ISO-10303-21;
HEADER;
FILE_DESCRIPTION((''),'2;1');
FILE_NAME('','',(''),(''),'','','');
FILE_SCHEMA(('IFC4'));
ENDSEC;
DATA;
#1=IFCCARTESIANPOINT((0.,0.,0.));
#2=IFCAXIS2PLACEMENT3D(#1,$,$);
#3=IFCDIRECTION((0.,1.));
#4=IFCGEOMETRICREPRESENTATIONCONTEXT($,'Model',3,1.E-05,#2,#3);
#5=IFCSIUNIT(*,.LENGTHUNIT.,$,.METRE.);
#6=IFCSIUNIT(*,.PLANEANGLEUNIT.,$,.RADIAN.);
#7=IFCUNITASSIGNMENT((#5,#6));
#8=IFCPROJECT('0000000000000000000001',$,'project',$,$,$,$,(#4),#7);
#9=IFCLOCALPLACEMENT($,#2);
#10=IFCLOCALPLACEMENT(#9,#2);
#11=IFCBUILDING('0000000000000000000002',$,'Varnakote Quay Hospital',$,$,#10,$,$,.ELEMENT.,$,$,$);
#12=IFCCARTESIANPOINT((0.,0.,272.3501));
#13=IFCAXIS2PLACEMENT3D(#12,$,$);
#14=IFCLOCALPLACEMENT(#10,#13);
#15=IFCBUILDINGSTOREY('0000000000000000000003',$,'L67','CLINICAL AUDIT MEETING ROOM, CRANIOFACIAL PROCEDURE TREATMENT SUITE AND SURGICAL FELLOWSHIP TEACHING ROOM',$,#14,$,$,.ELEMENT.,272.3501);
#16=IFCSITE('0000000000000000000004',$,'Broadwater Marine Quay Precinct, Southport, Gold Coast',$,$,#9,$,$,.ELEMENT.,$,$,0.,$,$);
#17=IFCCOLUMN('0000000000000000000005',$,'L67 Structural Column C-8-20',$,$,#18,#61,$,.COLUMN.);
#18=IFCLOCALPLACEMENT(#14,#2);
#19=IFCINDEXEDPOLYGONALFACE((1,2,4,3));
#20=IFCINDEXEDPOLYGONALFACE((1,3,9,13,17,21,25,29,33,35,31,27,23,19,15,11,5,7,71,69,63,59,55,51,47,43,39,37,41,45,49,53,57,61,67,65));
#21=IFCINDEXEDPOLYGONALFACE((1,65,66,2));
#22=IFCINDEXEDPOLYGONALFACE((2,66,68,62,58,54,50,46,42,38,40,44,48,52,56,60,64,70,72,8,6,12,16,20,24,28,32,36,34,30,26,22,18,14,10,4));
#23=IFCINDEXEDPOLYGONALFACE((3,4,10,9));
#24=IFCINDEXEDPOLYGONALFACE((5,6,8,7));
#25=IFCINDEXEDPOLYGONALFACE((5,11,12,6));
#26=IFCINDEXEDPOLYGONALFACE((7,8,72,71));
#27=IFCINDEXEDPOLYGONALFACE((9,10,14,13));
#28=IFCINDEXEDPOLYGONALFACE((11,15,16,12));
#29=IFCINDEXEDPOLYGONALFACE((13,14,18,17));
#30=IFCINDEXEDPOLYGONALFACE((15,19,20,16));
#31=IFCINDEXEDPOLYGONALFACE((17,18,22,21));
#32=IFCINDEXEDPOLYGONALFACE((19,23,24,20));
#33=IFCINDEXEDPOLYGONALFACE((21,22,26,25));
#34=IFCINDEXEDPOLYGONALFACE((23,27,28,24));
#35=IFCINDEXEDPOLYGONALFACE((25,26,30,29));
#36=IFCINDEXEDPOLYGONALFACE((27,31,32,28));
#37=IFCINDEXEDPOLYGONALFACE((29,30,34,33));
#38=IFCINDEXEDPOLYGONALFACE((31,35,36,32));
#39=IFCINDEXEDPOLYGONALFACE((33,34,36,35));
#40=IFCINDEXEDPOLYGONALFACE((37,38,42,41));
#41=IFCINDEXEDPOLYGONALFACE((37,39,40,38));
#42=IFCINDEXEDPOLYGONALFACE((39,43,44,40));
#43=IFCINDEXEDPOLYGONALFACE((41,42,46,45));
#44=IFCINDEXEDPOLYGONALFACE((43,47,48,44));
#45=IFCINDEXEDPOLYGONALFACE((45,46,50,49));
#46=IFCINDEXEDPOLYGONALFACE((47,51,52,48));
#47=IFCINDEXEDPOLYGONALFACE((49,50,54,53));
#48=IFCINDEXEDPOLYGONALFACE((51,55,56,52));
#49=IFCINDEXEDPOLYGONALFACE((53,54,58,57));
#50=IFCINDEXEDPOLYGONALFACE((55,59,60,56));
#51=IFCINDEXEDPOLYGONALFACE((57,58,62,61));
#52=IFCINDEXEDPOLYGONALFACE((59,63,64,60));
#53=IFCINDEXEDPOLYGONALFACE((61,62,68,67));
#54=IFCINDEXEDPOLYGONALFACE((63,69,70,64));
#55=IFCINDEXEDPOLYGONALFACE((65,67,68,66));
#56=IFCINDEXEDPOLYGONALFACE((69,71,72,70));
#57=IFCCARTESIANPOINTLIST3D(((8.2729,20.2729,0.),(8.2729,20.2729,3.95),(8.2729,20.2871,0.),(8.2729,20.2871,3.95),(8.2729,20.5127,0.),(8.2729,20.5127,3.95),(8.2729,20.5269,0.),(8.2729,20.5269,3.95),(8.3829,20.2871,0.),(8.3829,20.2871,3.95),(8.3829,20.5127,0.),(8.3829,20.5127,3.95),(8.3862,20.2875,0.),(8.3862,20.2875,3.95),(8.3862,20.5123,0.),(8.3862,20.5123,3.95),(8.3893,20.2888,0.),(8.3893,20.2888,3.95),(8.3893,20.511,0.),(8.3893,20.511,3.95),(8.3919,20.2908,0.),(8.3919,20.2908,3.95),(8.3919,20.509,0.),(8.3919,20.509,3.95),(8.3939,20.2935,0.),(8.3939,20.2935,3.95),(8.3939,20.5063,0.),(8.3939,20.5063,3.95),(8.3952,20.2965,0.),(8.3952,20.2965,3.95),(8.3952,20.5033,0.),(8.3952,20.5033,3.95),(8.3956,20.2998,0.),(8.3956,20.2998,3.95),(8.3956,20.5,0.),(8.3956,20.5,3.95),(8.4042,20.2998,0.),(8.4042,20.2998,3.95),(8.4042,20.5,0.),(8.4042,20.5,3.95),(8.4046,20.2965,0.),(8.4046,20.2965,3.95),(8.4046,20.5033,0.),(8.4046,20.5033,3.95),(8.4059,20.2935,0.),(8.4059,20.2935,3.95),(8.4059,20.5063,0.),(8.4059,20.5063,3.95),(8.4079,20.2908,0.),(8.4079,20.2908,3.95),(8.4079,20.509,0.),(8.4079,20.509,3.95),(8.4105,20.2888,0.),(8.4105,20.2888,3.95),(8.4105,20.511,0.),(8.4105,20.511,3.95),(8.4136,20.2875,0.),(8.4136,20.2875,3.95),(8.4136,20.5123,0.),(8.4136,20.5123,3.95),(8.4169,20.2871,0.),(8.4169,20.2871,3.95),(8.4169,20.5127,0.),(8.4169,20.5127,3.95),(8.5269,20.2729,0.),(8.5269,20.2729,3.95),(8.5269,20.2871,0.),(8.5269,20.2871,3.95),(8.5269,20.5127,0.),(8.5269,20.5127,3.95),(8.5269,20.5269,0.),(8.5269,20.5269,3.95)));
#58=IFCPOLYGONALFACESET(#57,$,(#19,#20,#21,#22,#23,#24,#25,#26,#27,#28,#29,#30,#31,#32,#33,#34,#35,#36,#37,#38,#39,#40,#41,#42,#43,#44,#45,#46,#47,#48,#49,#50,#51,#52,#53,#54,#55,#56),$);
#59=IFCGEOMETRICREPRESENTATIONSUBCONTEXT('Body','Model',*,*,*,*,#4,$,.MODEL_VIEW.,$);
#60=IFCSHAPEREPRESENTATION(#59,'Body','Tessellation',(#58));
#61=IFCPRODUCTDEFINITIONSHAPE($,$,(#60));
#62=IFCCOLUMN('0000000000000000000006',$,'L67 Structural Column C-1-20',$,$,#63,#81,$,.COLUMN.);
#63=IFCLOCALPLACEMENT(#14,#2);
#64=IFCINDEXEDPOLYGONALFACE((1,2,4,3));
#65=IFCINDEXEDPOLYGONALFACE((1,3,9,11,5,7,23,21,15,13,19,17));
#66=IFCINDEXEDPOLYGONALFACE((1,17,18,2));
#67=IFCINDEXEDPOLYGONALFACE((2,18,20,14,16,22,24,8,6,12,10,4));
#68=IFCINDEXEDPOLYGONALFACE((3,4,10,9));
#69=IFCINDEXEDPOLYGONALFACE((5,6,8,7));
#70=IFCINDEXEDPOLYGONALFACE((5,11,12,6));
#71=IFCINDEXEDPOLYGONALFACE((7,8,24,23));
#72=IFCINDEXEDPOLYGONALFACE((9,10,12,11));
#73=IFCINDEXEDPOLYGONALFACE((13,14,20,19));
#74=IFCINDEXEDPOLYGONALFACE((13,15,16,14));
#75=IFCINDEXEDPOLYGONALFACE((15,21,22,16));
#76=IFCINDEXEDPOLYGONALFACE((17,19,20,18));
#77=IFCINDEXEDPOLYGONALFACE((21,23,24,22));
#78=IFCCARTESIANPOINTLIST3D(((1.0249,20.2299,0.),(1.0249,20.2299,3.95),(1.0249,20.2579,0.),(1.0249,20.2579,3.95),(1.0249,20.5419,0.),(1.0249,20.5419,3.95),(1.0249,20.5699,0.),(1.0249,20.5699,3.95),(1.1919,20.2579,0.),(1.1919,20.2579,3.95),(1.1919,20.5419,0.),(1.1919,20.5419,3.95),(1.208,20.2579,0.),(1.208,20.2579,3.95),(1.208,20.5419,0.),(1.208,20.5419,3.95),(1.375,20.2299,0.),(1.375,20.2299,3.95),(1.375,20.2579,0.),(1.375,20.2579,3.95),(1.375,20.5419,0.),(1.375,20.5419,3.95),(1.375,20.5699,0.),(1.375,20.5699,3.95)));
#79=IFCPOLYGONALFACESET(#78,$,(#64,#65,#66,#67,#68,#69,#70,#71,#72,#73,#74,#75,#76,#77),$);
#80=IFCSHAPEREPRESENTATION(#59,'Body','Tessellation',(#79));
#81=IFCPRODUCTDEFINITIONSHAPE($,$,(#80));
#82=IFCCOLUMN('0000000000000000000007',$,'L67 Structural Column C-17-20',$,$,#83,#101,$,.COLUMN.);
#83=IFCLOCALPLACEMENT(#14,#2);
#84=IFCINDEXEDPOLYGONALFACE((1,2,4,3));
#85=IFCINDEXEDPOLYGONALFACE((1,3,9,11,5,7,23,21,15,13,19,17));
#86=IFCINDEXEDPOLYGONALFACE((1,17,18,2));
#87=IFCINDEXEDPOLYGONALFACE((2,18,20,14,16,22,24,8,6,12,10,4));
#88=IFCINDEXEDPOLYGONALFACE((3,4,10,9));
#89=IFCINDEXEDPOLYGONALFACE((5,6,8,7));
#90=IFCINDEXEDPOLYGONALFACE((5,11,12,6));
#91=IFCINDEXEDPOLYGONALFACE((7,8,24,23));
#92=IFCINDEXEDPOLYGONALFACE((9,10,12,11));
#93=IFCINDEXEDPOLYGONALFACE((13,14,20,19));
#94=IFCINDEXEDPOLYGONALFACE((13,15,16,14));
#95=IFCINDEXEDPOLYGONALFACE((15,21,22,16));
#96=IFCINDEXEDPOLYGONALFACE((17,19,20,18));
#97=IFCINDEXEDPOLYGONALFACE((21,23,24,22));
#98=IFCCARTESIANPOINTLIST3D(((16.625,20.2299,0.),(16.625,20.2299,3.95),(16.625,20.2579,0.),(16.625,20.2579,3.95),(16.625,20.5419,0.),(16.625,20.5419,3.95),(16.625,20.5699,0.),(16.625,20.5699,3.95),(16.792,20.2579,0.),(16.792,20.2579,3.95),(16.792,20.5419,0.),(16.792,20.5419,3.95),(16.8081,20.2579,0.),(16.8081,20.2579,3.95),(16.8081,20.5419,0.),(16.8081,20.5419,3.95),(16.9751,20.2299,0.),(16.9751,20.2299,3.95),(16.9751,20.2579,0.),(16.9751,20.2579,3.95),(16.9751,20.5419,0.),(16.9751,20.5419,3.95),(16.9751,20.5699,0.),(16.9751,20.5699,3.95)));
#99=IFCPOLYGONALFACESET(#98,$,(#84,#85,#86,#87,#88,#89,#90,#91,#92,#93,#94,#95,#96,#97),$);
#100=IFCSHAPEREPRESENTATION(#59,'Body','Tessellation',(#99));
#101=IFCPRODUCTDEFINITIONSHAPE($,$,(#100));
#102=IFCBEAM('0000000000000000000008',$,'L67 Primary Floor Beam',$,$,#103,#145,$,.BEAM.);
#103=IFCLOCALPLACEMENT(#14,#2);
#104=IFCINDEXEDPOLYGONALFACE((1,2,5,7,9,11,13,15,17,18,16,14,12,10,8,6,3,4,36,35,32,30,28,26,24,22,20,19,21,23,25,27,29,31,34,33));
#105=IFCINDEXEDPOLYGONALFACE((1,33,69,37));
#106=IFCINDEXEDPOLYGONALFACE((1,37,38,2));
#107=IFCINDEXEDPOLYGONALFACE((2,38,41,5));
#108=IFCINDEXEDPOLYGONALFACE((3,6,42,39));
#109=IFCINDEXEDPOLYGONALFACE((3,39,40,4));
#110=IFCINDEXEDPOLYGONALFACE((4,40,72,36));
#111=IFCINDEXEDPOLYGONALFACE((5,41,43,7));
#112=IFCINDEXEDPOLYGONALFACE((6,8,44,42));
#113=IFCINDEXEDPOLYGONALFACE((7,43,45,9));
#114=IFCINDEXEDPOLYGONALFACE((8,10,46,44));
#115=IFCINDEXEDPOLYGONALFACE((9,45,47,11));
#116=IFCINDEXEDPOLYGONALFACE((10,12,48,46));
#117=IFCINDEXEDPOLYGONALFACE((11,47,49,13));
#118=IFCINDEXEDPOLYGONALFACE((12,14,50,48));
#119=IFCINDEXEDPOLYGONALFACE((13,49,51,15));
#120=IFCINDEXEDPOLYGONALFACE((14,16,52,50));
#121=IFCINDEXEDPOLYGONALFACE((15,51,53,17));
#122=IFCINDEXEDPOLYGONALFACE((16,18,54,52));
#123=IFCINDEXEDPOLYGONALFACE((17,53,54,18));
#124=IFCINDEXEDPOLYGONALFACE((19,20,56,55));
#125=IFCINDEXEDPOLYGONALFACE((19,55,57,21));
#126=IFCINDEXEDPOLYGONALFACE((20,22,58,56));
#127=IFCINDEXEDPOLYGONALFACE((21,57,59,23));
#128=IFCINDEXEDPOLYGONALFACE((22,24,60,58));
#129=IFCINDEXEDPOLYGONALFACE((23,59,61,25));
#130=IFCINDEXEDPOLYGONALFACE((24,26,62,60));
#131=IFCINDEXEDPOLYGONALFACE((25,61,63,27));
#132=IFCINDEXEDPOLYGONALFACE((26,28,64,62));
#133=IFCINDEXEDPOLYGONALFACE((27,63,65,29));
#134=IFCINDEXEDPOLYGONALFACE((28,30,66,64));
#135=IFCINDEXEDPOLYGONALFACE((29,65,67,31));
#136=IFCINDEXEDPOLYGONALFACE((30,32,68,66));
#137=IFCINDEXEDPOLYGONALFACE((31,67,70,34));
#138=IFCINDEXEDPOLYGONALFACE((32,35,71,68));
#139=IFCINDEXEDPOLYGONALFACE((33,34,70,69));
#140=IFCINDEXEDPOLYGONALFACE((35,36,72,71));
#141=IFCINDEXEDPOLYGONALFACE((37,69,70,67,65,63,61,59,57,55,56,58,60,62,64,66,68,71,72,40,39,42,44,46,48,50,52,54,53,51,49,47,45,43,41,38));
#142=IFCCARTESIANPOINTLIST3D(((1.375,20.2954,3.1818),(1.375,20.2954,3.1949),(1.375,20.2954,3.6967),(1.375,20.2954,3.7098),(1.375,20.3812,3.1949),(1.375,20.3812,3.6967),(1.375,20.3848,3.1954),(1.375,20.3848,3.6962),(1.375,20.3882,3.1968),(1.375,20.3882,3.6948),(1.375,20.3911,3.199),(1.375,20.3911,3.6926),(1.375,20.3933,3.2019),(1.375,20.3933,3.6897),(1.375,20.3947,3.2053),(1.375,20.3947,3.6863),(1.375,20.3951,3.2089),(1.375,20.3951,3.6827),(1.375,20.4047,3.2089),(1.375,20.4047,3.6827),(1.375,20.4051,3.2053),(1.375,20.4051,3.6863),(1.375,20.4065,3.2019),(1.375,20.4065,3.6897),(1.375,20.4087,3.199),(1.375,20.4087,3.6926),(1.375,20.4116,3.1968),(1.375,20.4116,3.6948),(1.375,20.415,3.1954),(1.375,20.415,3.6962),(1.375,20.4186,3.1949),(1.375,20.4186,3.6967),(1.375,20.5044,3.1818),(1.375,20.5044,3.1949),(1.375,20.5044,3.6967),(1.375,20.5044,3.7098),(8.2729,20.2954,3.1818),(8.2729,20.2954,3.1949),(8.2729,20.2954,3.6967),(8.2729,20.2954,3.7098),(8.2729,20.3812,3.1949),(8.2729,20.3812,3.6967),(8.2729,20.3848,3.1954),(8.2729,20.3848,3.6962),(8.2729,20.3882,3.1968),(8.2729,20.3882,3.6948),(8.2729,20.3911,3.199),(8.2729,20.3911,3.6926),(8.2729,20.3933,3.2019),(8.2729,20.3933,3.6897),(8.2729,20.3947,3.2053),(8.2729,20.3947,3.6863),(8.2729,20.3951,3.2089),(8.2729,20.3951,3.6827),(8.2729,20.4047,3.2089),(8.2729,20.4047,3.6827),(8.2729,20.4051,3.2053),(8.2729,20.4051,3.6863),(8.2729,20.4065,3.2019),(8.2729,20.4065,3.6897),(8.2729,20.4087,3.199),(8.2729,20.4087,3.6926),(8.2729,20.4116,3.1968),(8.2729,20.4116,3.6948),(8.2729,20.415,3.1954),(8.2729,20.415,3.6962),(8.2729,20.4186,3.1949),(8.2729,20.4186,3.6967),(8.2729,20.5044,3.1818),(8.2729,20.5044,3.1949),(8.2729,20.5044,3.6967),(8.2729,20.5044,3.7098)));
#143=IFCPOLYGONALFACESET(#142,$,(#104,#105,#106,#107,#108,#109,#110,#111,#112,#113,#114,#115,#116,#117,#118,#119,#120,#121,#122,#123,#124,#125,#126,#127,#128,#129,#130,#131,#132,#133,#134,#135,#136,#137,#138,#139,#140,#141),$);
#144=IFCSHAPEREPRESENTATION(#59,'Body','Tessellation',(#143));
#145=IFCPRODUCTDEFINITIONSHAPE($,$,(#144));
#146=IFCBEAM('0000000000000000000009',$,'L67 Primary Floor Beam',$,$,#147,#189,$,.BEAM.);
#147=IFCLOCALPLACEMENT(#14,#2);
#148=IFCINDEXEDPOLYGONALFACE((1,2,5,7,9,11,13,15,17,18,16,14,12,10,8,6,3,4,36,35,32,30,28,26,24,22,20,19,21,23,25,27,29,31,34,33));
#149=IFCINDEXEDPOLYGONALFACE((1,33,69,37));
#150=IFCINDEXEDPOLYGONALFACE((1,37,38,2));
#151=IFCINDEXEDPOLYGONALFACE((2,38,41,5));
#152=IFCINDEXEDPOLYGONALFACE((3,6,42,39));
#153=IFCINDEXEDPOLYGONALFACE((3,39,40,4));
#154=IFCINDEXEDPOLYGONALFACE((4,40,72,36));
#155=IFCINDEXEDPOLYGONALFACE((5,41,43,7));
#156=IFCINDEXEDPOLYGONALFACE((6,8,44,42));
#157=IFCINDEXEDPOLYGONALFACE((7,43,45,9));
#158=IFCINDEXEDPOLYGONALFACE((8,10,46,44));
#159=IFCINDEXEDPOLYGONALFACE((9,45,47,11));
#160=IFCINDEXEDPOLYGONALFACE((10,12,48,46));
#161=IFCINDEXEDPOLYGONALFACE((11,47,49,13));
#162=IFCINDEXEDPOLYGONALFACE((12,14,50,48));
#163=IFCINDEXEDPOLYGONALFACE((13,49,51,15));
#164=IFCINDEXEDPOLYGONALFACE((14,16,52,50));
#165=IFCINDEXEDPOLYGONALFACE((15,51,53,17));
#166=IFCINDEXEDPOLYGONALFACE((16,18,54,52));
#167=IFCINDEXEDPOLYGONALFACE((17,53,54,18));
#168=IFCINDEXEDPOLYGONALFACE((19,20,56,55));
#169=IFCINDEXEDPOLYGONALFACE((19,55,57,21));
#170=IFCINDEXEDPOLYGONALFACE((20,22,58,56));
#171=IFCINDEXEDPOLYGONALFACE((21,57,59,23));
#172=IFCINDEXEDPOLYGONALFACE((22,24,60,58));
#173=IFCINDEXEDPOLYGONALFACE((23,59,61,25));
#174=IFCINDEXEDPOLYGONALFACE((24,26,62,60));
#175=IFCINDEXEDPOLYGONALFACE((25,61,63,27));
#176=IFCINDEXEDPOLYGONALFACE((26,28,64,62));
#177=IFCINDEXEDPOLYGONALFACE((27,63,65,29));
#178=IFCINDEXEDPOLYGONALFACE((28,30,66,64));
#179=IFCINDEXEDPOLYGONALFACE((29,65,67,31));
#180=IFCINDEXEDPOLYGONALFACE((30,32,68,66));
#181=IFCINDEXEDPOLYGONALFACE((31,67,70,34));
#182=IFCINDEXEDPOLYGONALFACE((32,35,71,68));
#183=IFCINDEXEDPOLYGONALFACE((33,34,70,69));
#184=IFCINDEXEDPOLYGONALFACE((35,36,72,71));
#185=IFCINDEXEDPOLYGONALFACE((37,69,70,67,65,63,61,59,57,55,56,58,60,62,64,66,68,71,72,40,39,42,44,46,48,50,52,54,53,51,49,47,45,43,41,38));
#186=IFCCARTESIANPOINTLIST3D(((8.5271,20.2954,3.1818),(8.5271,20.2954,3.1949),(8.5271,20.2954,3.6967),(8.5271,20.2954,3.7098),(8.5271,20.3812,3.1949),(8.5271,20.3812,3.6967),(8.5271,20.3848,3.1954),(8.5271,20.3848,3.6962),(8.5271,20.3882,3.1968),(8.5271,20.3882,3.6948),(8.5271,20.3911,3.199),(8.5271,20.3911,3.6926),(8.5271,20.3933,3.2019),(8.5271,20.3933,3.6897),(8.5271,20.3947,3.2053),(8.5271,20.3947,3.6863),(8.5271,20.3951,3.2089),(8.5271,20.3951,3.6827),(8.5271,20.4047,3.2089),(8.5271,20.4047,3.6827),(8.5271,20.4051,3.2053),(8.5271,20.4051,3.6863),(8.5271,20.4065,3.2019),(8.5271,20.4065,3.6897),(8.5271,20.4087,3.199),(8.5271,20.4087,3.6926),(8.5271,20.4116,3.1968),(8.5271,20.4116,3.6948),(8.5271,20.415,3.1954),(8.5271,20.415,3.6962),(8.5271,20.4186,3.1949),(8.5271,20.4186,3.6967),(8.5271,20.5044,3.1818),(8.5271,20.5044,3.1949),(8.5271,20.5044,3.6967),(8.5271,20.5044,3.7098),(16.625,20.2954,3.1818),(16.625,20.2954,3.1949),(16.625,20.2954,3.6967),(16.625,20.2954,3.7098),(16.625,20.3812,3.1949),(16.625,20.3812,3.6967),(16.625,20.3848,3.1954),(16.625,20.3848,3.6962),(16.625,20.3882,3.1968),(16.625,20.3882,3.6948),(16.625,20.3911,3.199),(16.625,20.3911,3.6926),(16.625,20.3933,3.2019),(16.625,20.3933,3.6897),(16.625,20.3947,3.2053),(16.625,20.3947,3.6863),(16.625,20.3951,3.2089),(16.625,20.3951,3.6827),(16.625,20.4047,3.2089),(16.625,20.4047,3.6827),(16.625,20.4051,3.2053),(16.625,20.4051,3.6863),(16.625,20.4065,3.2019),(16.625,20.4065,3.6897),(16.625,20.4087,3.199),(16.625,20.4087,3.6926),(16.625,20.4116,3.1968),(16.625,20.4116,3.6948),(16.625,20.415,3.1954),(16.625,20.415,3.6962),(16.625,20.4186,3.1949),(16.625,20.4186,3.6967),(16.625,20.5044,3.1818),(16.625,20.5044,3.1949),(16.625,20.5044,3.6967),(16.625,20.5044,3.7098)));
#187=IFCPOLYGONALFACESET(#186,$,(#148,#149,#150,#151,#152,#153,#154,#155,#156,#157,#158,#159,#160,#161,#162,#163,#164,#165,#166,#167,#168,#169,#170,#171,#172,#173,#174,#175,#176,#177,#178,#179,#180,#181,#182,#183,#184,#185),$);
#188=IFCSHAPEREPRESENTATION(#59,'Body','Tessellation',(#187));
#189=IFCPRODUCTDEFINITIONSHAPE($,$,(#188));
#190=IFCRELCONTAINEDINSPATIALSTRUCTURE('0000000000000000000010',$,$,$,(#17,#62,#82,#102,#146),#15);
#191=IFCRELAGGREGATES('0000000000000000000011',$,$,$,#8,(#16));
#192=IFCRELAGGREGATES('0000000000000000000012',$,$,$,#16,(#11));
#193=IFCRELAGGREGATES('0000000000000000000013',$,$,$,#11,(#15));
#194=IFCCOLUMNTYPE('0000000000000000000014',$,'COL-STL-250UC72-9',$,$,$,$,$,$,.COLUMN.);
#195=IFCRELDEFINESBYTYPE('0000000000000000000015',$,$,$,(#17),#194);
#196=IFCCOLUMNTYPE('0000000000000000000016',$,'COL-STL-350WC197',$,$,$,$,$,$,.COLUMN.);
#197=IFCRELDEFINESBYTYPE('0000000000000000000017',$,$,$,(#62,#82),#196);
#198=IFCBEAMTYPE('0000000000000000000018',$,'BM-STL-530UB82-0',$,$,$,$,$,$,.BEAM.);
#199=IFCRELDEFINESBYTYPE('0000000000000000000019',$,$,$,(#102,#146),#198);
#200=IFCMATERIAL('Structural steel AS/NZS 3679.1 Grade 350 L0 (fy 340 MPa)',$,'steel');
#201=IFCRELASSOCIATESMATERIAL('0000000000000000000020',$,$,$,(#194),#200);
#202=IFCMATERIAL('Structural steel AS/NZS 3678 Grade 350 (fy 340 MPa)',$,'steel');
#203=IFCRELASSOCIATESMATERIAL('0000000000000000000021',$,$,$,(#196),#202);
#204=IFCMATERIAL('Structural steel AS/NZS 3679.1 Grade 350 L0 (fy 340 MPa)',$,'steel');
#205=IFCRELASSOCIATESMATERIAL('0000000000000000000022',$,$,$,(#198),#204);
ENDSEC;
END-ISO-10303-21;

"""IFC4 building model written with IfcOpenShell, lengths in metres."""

from ifc_helpers import new_model, si_unit, direction, frame, origin, origin_2d, place, context, subcontext, project, spatial, i_section, extrude, material, material_profile, profile_set, type_object, element, save


model = new_model("IFC4")

# Units and contexts
model_context = context("Model", 3, precision=1e-05, world=origin(), true_north=direction((0.0, 1.0)))
body_context = subcontext(model_context, "Body", "Model", "MODEL_VIEW")
ifc_project = project(units=[si_unit("LENGTHUNIT", "METRE"), si_unit("PLANEANGLEUNIT", "RADIAN")], contexts=[model_context])

# Site, building, storey
site_placement = place(None, origin())
site = spatial("IfcSite", under=ifc_project, at=site_placement, Name="Broadwater Marine Quay Precinct, Southport, Gold Coast", CompositionType="ELEMENT", RefElevation=0.0)
building_placement = place(site_placement, origin())
building = spatial("IfcBuilding", under=site, at=building_placement, Name="Varnakote Quay Hospital", CompositionType="ELEMENT")
storey_placement = place(building_placement, frame((0.0, 0.0, 272.3501)))
storey = spatial("IfcBuildingStorey", under=building, at=storey_placement, Name="L67", Description="CLINICAL AUDIT MEETING ROOM, CRANIOFACIAL PROCEDURE TREATMENT SUITE AND SURGICAL FELLOWSHIP TEACHING ROOM", CompositionType="ELEMENT", Elevation=272.3501)

# Columns
ifc_material_1 = material(Name="Structural steel AS/NZS 3679.1 Grade 350 L0 (fy 340 MPa)", Category="steel")
ifc_material_profile_1 = material_profile(ifc_material_1, i_section(OverallWidth=0.2539, OverallDepth=0.2539, WebThickness=0.0085, FlangeThickness=0.0142, FilletRadius=0.0127, at=origin_2d()), Name="250UC72.9")
ifc_profile_set_1 = profile_set([ifc_material_profile_1], Name="Structural steel AS/NZS 3679.1 Grade 350 L0 (fy 340 MPa)")
column_type_1 = type_object("IfcColumnType", Name="COL-STL-250UC72-9", PredefinedType="COLUMN", material=ifc_profile_set_1)
column_placement = place(storey_placement, frame((8.3999, 20.3999, 0.0), z_axis=(0.0, 0.0, 1.0), x_axis=(1.0, 0.0, 0.0)))
element("IfcColumn", 1, at=column_placement, inside=storey, type_object=column_type_1, Name="L67 Structural Column C-8-20", PredefinedType="COLUMN", context=body_context, shape_type="SweptSolid", body=[
    extrude(i_section(OverallWidth=0.2539, OverallDepth=0.2539, WebThickness=0.0085, FlangeThickness=0.0142, FilletRadius=0.0127, at=origin_2d()), origin(), (0.0, 0.0, 1.0), 3.95),
])
ifc_material_2 = material(Name="Structural steel AS/NZS 3678 Grade 350 (fy 340 MPa)", Category="steel")
ifc_material_profile_2 = material_profile(ifc_material_2, i_section(OverallWidth=0.3501, OverallDepth=0.3401, WebThickness=0.0161, FlangeThickness=0.0281, at=origin_2d()), Name="350WC197")
ifc_profile_set_2 = profile_set([ifc_material_profile_2], Name="Structural steel AS/NZS 3678 Grade 350 (fy 340 MPa)")
column_type_2 = type_object("IfcColumnType", Name="COL-STL-350WC197", PredefinedType="COLUMN", material=ifc_profile_set_2)
for number, where, z_axis, x_axis, name in (
    (2, (1.2, 20.3999, 0.0), (0.0, 0.0, 1.0), (1.0, 0.0, 0.0), "L67 Structural Column C-1-20"),
    (3, (16.8, 20.3999, 0.0), (0.0, 0.0, 1.0), (1.0, 0.0, 0.0), "L67 Structural Column C-17-20"),
):
    element("IfcColumn", number, at=place(storey_placement, frame(where, z_axis=z_axis, x_axis=x_axis)), inside=storey, type_object=column_type_2, Name=name, PredefinedType="COLUMN", context=body_context, shape_type="SweptSolid", body=[
        extrude(i_section(OverallWidth=0.3501, OverallDepth=0.3401, WebThickness=0.0161, FlangeThickness=0.0281, at=origin_2d()), origin(), (0.0, 0.0, 1.0), 3.95),
    ])

# Beams
ifc_material_3 = material(Name="Structural steel AS/NZS 3679.1 Grade 350 L0 (fy 340 MPa)", Category="steel")
ifc_material_profile_3 = material_profile(ifc_material_3, i_section(OverallWidth=0.209, OverallDepth=0.5281, WebThickness=0.0095, FlangeThickness=0.0132, FilletRadius=0.0139, at=origin_2d()), Name="530UB82.0")
ifc_profile_set_3 = profile_set([ifc_material_profile_3], Name="Structural steel AS/NZS 3679.1 Grade 350 L0 (fy 340 MPa)")
beam_type_1 = type_object("IfcBeamType", Name="BM-STL-530UB82-0", PredefinedType="BEAM", material=ifc_profile_set_3)
beam_1_placement = place(storey_placement, frame((1.375, 20.3999, 3.4458), z_axis=(1.0, 0.0, 0.0), x_axis=(0.0, 1.0, 0.0)))
element("IfcBeam", 4, at=beam_1_placement, inside=storey, type_object=beam_type_1, Name="L67 Primary Floor Beam", PredefinedType="BEAM", context=body_context, shape_type="SweptSolid", body=[
    extrude(i_section(OverallWidth=0.209, OverallDepth=0.5281, WebThickness=0.0095, FlangeThickness=0.0132, FilletRadius=0.0139, at=origin_2d()), origin(), (0.0, 0.0, 1.0), 6.8979),
])
for number, where, z_axis, x_axis, name in (
    (5, (8.5271, 20.3999, 3.4458), (1.0, 0.0, 0.0), (0.0, 1.0, 0.0), "L67 Primary Floor Beam"),
):
    element("IfcBeam", number, at=place(storey_placement, frame(where, z_axis=z_axis, x_axis=x_axis)), inside=storey, type_object=beam_type_1, Name=name, PredefinedType="BEAM", context=body_context, shape_type="SweptSolid", body=[
        extrude(i_section(OverallWidth=0.209, OverallDepth=0.5281, WebThickness=0.0095, FlangeThickness=0.0132, FilletRadius=0.0139, at=origin_2d()), origin(), (0.0, 0.0, 1.0), 8.0979),
    ])

save(model, "model.ifc")
